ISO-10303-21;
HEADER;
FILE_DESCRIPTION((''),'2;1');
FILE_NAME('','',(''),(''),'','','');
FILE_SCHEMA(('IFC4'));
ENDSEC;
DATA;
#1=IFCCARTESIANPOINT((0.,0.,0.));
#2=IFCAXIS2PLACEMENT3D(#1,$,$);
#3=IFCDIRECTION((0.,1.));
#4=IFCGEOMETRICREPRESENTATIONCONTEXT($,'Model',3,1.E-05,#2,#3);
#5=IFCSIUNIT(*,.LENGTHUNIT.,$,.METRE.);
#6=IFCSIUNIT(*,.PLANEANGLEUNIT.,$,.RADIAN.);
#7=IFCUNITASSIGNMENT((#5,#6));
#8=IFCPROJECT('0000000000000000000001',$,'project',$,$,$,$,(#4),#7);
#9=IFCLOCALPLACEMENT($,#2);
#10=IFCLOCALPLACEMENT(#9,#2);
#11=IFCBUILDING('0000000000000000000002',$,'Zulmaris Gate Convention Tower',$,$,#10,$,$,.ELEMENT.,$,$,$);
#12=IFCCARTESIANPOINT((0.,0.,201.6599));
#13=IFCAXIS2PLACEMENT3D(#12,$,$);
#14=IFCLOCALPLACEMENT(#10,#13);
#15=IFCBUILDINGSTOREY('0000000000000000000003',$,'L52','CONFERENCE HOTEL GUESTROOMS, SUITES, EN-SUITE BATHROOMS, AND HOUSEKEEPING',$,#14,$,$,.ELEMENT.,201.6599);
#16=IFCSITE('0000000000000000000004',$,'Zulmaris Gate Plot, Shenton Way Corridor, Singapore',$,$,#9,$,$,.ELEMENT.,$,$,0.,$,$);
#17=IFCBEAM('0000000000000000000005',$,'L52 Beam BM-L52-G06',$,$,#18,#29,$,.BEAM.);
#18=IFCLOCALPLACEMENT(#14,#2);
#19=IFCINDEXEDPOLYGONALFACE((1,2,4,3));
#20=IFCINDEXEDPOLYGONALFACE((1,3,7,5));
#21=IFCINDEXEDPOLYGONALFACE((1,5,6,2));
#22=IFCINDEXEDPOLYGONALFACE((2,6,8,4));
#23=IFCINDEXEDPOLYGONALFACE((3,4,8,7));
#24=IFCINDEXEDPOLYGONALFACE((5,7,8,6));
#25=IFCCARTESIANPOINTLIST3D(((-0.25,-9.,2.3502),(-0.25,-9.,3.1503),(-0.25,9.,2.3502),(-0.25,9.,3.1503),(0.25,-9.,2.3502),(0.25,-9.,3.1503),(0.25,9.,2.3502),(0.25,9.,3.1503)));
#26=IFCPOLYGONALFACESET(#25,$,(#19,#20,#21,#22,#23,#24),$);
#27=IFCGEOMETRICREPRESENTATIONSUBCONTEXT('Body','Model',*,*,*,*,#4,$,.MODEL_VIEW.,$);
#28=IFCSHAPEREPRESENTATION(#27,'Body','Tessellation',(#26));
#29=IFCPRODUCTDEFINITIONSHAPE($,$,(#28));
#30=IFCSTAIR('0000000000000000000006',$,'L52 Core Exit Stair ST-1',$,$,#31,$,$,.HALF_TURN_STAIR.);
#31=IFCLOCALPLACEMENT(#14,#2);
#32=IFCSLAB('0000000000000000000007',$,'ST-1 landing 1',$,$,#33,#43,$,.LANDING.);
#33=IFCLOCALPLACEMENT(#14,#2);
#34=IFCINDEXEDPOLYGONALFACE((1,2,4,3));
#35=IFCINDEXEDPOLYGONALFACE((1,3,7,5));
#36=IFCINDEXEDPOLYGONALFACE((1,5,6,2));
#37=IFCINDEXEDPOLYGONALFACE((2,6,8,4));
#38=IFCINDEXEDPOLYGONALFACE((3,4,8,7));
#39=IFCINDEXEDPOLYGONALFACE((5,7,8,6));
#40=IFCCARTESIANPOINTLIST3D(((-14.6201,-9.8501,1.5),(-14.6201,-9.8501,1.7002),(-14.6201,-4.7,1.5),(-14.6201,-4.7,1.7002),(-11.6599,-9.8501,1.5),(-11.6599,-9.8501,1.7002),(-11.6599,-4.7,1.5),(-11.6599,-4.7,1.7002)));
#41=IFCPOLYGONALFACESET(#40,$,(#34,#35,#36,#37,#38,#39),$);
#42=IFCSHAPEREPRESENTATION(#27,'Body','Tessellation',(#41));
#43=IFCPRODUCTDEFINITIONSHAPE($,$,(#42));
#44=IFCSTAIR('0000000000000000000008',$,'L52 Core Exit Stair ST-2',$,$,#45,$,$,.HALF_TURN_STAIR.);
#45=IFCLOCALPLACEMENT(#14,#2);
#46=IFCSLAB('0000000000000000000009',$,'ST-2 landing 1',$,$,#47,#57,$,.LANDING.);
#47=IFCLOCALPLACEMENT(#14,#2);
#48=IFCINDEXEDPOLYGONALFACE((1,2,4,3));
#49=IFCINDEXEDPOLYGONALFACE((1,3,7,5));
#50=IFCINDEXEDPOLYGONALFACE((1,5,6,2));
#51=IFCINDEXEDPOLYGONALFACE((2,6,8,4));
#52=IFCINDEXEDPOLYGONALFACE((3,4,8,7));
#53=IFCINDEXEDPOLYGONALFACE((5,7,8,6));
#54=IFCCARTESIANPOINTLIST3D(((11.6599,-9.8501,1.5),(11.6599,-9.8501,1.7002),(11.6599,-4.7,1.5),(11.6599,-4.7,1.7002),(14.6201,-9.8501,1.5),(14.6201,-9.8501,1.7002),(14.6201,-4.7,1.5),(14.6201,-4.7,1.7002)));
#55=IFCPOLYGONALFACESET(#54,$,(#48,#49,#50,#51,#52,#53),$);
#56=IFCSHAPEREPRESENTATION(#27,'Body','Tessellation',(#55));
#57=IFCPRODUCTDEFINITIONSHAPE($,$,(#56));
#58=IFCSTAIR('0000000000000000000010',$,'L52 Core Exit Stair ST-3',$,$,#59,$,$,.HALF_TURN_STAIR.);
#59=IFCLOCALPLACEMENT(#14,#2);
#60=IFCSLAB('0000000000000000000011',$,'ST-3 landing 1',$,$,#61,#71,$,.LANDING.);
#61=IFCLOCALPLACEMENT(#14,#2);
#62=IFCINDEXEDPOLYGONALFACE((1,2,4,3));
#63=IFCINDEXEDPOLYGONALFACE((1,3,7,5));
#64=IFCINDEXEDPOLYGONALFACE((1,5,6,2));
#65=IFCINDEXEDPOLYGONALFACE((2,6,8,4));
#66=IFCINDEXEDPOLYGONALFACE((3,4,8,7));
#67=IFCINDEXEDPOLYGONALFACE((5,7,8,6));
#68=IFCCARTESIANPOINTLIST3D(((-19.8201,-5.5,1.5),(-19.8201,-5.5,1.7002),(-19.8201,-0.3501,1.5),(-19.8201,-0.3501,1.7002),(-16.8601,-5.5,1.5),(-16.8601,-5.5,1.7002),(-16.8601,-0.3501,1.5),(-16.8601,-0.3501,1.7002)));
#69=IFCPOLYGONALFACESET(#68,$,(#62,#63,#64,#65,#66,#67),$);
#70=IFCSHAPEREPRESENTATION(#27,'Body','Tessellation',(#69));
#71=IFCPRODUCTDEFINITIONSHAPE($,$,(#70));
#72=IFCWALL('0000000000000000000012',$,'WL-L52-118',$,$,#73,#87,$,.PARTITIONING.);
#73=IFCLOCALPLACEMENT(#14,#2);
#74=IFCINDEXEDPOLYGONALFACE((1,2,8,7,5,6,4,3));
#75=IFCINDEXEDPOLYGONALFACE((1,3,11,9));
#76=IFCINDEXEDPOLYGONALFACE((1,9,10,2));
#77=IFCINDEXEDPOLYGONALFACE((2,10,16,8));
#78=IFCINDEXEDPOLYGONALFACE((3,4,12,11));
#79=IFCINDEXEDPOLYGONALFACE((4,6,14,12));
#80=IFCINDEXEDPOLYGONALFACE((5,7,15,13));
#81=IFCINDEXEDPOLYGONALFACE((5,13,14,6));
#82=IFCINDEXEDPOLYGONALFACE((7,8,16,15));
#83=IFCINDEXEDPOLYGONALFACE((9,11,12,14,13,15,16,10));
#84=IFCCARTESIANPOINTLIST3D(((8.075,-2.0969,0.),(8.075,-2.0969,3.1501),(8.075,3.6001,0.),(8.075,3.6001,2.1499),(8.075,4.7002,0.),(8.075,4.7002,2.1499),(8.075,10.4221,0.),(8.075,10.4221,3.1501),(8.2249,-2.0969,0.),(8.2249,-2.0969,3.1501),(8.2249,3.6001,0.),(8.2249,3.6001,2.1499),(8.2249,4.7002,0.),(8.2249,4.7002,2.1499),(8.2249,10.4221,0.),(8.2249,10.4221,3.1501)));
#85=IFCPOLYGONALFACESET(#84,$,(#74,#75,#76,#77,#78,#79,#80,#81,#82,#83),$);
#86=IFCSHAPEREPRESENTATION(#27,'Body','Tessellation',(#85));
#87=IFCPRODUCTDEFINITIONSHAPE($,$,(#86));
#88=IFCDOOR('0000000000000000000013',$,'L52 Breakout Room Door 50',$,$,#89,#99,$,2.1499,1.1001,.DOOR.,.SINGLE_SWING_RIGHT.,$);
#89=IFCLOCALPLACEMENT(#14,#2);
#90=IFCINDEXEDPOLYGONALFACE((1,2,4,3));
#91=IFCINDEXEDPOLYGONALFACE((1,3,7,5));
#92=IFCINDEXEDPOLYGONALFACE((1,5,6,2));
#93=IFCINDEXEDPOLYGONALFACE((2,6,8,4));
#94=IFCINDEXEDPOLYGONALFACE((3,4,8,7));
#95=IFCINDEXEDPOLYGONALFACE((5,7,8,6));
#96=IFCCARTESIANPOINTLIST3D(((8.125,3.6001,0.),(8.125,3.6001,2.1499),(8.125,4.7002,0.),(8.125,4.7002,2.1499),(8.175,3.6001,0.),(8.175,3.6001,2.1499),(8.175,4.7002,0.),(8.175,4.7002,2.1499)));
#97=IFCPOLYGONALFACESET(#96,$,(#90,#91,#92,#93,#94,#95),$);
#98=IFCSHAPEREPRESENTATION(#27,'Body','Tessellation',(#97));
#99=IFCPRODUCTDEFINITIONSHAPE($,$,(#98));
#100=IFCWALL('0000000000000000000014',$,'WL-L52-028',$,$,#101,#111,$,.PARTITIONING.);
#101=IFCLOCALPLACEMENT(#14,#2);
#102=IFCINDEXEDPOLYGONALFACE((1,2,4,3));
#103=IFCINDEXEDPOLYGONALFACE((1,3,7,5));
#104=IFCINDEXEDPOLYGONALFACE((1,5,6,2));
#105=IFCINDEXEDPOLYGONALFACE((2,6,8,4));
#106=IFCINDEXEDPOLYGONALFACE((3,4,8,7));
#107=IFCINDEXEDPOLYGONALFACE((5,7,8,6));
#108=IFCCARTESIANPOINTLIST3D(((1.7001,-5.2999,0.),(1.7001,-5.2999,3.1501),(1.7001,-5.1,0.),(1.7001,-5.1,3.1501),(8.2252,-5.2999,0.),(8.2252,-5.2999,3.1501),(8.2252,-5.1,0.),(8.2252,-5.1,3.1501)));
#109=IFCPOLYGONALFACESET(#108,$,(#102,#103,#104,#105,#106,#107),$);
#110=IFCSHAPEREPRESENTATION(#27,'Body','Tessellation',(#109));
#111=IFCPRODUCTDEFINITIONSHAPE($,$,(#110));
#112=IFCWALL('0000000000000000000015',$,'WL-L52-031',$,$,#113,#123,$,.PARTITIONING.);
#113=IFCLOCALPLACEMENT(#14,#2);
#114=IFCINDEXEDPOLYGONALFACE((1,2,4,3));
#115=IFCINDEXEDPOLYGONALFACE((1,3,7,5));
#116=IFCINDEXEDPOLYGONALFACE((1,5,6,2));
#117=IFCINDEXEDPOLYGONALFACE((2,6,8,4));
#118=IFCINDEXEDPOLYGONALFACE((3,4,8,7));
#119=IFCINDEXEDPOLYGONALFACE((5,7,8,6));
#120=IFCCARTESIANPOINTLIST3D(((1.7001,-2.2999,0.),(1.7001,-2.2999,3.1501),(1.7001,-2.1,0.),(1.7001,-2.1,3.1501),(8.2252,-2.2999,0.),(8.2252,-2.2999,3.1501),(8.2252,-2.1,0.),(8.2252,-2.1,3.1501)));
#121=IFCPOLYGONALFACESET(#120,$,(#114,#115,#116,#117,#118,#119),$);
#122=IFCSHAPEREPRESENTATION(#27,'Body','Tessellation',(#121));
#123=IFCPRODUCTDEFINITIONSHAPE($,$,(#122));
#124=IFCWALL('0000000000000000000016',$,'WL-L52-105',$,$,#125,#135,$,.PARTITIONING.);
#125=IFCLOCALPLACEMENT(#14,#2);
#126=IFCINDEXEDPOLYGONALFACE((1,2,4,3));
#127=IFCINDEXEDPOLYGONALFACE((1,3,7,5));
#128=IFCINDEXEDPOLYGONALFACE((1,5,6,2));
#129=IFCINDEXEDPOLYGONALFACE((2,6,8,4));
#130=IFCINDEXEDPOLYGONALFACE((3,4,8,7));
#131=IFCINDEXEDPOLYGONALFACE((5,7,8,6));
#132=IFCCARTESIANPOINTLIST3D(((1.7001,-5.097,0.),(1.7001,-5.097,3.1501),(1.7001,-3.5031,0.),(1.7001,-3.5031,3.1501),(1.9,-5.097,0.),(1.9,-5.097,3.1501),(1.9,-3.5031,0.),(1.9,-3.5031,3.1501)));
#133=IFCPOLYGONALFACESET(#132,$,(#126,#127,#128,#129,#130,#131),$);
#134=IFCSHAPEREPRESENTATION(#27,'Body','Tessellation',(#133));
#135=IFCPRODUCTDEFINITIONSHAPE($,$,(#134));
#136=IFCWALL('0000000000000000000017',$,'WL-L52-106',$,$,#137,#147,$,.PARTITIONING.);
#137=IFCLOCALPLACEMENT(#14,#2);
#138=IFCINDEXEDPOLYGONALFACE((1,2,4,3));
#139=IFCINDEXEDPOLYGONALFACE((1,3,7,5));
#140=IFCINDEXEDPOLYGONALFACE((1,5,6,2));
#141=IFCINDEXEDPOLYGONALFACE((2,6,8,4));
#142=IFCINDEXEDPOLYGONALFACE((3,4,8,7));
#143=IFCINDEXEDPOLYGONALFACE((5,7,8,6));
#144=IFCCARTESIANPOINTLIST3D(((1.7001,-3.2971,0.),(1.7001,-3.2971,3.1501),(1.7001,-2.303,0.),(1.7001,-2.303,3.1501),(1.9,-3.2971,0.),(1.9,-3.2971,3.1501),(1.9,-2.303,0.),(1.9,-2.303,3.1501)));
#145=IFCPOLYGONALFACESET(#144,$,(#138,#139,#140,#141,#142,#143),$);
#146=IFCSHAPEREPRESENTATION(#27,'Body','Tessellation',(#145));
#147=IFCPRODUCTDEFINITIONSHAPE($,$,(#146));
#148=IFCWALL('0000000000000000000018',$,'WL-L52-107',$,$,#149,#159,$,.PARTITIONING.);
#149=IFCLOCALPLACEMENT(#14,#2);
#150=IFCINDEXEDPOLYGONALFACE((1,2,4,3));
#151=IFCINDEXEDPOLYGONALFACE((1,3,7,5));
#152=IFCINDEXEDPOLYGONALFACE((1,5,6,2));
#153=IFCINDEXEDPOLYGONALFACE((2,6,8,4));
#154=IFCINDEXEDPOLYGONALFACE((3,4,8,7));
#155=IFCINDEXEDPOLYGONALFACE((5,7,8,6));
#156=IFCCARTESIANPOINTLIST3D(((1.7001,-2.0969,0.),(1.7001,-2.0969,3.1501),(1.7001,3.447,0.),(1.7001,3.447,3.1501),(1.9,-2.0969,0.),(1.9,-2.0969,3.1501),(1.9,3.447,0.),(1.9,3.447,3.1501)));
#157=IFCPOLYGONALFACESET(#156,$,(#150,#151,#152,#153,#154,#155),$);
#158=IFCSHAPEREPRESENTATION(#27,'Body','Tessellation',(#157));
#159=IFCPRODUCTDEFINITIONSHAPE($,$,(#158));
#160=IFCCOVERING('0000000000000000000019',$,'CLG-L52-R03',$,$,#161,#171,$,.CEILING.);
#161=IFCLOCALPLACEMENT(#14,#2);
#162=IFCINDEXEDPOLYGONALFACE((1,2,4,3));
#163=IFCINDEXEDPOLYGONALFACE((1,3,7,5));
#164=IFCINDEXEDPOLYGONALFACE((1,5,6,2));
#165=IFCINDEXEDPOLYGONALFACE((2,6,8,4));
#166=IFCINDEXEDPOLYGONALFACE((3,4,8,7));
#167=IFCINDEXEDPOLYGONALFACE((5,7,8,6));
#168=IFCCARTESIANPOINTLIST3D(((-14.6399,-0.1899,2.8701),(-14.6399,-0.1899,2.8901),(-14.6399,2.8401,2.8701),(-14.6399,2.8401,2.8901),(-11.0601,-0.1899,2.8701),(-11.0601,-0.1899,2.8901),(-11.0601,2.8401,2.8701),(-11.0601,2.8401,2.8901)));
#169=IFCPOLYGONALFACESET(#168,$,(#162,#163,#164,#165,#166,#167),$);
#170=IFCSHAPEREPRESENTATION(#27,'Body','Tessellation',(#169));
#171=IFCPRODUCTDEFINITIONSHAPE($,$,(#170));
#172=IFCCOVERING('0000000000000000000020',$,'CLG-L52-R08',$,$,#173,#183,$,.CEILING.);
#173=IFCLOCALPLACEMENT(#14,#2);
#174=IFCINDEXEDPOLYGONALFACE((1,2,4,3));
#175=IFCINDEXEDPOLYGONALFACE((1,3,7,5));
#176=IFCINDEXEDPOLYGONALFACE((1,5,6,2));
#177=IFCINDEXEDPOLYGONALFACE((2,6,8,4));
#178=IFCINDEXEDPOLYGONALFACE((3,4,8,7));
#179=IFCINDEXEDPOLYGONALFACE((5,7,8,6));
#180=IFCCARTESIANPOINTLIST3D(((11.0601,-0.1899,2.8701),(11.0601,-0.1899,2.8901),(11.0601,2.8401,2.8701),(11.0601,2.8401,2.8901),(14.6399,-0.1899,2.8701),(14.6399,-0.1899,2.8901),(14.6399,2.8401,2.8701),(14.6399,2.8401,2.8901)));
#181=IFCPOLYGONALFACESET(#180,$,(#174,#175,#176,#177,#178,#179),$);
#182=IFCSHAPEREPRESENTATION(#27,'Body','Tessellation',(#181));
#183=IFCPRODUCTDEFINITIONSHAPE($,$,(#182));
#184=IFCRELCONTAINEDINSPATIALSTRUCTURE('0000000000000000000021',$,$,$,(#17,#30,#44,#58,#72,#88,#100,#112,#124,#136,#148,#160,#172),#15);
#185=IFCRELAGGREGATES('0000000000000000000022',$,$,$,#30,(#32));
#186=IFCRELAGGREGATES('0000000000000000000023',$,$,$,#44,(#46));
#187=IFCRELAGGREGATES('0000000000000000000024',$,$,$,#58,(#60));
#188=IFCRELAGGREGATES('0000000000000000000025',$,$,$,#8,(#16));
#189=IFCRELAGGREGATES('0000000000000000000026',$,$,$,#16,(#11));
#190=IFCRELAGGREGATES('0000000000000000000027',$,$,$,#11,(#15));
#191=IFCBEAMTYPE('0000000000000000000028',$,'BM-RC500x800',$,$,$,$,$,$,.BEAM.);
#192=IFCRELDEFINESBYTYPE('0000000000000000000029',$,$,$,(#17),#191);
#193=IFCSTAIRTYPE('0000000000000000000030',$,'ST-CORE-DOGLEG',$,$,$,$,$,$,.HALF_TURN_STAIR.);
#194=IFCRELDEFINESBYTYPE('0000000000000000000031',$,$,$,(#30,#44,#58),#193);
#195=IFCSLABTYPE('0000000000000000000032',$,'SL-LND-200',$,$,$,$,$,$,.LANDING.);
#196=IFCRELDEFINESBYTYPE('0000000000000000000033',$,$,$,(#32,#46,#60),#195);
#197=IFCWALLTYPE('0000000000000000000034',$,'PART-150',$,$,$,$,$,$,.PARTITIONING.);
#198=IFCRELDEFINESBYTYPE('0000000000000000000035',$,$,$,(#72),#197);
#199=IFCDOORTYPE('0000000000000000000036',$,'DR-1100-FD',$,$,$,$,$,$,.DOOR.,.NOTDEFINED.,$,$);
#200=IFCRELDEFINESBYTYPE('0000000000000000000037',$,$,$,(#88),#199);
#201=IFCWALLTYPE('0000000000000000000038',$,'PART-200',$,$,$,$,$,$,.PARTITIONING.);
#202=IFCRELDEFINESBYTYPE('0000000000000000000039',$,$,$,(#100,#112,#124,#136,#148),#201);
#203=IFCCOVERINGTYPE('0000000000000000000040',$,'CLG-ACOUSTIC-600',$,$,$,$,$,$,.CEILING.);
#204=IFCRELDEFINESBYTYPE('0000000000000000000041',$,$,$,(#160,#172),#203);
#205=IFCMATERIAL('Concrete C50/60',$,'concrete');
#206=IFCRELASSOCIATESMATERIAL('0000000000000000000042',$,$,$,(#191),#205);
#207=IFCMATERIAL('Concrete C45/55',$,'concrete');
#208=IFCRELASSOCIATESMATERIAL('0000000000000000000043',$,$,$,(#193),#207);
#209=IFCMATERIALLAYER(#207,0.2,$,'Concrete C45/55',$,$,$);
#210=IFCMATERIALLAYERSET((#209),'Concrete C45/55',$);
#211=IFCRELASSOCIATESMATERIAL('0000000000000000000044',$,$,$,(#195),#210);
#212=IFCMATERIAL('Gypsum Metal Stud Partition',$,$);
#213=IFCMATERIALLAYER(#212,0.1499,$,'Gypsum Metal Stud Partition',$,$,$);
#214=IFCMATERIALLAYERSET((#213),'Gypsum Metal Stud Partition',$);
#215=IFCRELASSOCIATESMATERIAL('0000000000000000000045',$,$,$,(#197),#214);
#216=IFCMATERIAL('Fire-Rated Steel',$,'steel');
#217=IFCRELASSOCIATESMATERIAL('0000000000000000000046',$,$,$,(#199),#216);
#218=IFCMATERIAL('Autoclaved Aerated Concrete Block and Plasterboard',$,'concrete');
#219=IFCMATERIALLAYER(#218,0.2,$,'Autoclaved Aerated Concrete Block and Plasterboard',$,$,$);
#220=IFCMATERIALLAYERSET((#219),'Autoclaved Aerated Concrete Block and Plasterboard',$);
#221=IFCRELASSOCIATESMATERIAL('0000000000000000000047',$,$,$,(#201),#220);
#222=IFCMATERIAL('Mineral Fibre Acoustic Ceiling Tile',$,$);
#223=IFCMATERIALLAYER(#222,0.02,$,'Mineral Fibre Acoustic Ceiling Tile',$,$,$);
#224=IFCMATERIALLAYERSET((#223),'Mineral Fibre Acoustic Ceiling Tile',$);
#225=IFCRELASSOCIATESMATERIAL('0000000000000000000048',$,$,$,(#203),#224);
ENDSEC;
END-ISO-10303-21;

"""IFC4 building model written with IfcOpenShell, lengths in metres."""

from ifc_helpers import new_model, si_unit, direction, frame, frame_2d, origin, origin_2d, place, context, subcontext, project, spatial, polyline, rectangle, outline, extrude, material, layer, layer_set, material_profile, profile_set, type_object, element, fill, aggregate, save


model = new_model("IFC4")

# Units and contexts
model_context = context("Model", 3, precision=1e-05, world=origin(), true_north=direction((0.0, 1.0)))
body_context = subcontext(model_context, "Body", "Model", "MODEL_VIEW")
ifc_project = project(units=[si_unit("LENGTHUNIT", "METRE"), si_unit("PLANEANGLEUNIT", "RADIAN")], contexts=[model_context])

# Site, building, storey
site_placement = place(None, origin())
site = spatial("IfcSite", under=ifc_project, at=site_placement, Name="Zulmaris Gate Plot, Shenton Way Corridor, Singapore", CompositionType="ELEMENT", RefElevation=0.0)
building_placement = place(site_placement, origin())
building = spatial("IfcBuilding", under=site, at=building_placement, Name="Zulmaris Gate Convention Tower", CompositionType="ELEMENT")
storey_placement = place(building_placement, frame((0.0, 0.0, 201.6599)))
storey = spatial("IfcBuildingStorey", under=building, at=storey_placement, Name="L52", Description="CONFERENCE HOTEL GUESTROOMS, SUITES, EN-SUITE BATHROOMS, AND HOUSEKEEPING", CompositionType="ELEMENT", Elevation=201.6599)

# Beam
ifc_material_1 = material(Name="Concrete C50/60", Category="concrete")
ifc_material_profile = material_profile(ifc_material_1, rectangle(XDim=0.5, YDim=0.8, at=origin_2d()), Name="RC BEAM 500x800")
ifc_profile_set = profile_set([ifc_material_profile], Name="Concrete C50/60")
beam_type = type_object("IfcBeamType", Name="BM-RC500x800", PredefinedType="BEAM", material=ifc_profile_set)
beam_placement = place(storey_placement, frame((0.0, -9.0, 2.7502), z_axis=(0.0, 1.0, 0.0), x_axis=(-1.0, 0.0, 0.0)))
element("IfcBeam", 1, at=beam_placement, inside=storey, type_object=beam_type, Name="L52 Beam BM-L52-G06", PredefinedType="BEAM", context=body_context, shape_type="SweptSolid", body=[
    extrude(rectangle(XDim=0.5, YDim=0.8, at=origin_2d()), origin(), (0.0, 0.0, 1.0), 18.0),
])

# Stairs, slabs
ifc_material_2 = material(Name="Concrete C45/55", Category="concrete")
stair_type = type_object("IfcStairType", Name="ST-CORE-DOGLEG", PredefinedType="HALF_TURN_STAIR", material=ifc_material_2)
stair_1_placement = place(storey_placement, origin())
stair_1 = element("IfcStair", 2, at=stair_1_placement, inside=storey, type_object=stair_type, Name="L52 Core Exit Stair ST-1", PredefinedType="HALF_TURN_STAIR")
ifc_layer_1 = layer(ifc_material_2, 0.2, Name="Concrete C45/55")
ifc_layer_set_1 = layer_set([ifc_layer_1], Name="Concrete C45/55")
slab_type = type_object("IfcSlabType", Name="SL-LND-200", PredefinedType="LANDING", material=ifc_layer_set_1)
slab_1_placement = place(storey_placement, frame((0.0, 0.0, 1.5)))
slab_1 = element("IfcSlab", 3, at=slab_1_placement, type_object=slab_type, Name="ST-1 landing 1", PredefinedType="LANDING", context=body_context, shape_type="SweptSolid", body=[
    extrude(outline(polyline([(-14.6201, -4.7), (-14.6201, -9.8501), (-11.6599, -9.8501), (-11.6599, -4.7), (-14.6201, -4.7)])), origin(), (0.0, 0.0, 1.0), 0.2002),
])
aggregate(stair_1, [slab_1])
stair_2_placement = place(storey_placement, origin())
stair_2 = element("IfcStair", 4, at=stair_2_placement, inside=storey, type_object=stair_type, Name="L52 Core Exit Stair ST-2", PredefinedType="HALF_TURN_STAIR")
slab_2_placement = place(storey_placement, frame((0.0, 0.0, 1.5)))
slab_2 = element("IfcSlab", 5, at=slab_2_placement, type_object=slab_type, Name="ST-2 landing 1", PredefinedType="LANDING", context=body_context, shape_type="SweptSolid", body=[
    extrude(outline(polyline([(11.6599, -4.7), (11.6599, -9.8501), (14.6201, -9.8501), (14.6201, -4.7), (11.6599, -4.7)])), origin(), (0.0, 0.0, 1.0), 0.2002),
])
aggregate(stair_2, [slab_2])
stair_3_placement = place(storey_placement, origin())
stair_3 = element("IfcStair", 6, at=stair_3_placement, inside=storey, type_object=stair_type, Name="L52 Core Exit Stair ST-3", PredefinedType="HALF_TURN_STAIR")
slab_3_placement = place(storey_placement, frame((0.0, 0.0, 1.5)))
slab_3 = element("IfcSlab", 7, at=slab_3_placement, type_object=slab_type, Name="ST-3 landing 1", PredefinedType="LANDING", context=body_context, shape_type="SweptSolid", body=[
    extrude(outline(polyline([(-16.8601, -5.5), (-16.8601, -0.3501), (-19.8201, -0.3501), (-19.8201, -5.5), (-16.8601, -5.5)])), origin(), (0.0, 0.0, 1.0), 0.2002),
])
aggregate(stair_3, [slab_3])

# Wall, opening, door
ifc_material_3 = material(Name="Gypsum Metal Stud Partition")
ifc_layer_2 = layer(ifc_material_3, 0.1499, Name="Gypsum Metal Stud Partition")
ifc_layer_set_2 = layer_set([ifc_layer_2], Name="Gypsum Metal Stud Partition")
wall_type_1 = type_object("IfcWallType", Name="PART-150", PredefinedType="PARTITIONING", material=ifc_layer_set_2)
wall_1_placement = place(storey_placement, frame((8.1499, -2.0969, 0.0), z_axis=(0.0, 0.0, 1.0), x_axis=(0.0, 1.0, 0.0)))
wall_1 = element("IfcWall", 8, at=wall_1_placement, inside=storey, type_object=wall_type_1, Name="WL-L52-118", PredefinedType="PARTITIONING", context=body_context, shape_type="SweptSolid", body=[
    extrude(rectangle(XDim=12.519, YDim=0.1499, at=frame_2d((6.2595, 0.0))), origin(), (0.0, 0.0, 1.0), 3.1501),
])
opening_1_placement = place(wall_1_placement, frame((5.697, 0.0, 0.0)))
opening_1 = element("IfcOpeningElement", 9, at=opening_1_placement, cuts=wall_1, PredefinedType="OPENING", context=body_context, shape_type="SweptSolid", body=[
    extrude(rectangle(XDim=1.1001, YDim=2.1499, at=frame_2d((0.55, 1.075))), frame((0.0, 0.085, 0.0), z_axis=(0.0, -1.0, 0.0), x_axis=(1.0, 0.0, 0.0)), (0.0, 0.0, 1.0), 0.1699),
])
ifc_material_4 = material(Name="Fire-Rated Steel", Category="steel")
door_type_1 = type_object("IfcDoorType", Name="DR-1100-FD", OperationType="NOTDEFINED", PredefinedType="DOOR", material=ifc_material_4)
door_1_placement = place(opening_1_placement, origin())
door_1 = element("IfcDoor", 10, at=door_1_placement, inside=storey, type_object=door_type_1, Name="L52 Breakout Room Door 50", OperationType="SINGLE_SWING_RIGHT", OverallHeight=2.1499, OverallWidth=1.1001, PredefinedType="DOOR", context=body_context, shape_type="SweptSolid", body=[
    extrude(rectangle(XDim=1.1001, YDim=2.1499, at=frame_2d((0.55, 1.075))), frame((0.0, 0.0249, 0.0), z_axis=(0.0, -1.0, 0.0), x_axis=(1.0, 0.0, 0.0)), (0.0, 0.0, 1.0), 0.05),
])
fill(opening_1, door_1)

# Walls
ifc_material_5 = material(Name="Autoclaved Aerated Concrete Block and Plasterboard", Category="concrete")
ifc_layer_3 = layer(ifc_material_5, 0.2, Name="Autoclaved Aerated Concrete Block and Plasterboard")
ifc_layer_set_3 = layer_set([ifc_layer_3], Name="Autoclaved Aerated Concrete Block and Plasterboard")
wall_type_2 = type_object("IfcWallType", Name="PART-200", PredefinedType="PARTITIONING", material=ifc_layer_set_3)
for number, where, z_axis, x_axis, name in (
    (11, (1.7, -5.2, 0.0), (0.0, 0.0, 1.0), (1.0, 0.0, 0.0), "WL-L52-028"),
    (12, (1.7, -2.2, 0.0), (0.0, 0.0, 1.0), (1.0, 0.0, 0.0), "WL-L52-031"),
):
    element("IfcWall", number, at=place(storey_placement, frame(where, z_axis=z_axis, x_axis=x_axis)), inside=storey, type_object=wall_type_2, Name=name, PredefinedType="PARTITIONING", context=body_context, shape_type="SweptSolid", body=[
        extrude(rectangle(XDim=6.5251, YDim=0.2, at=frame_2d((3.2627, 0.0))), origin(), (0.0, 0.0, 1.0), 3.1501),
    ])
wall_2_placement = place(storey_placement, frame((1.8, -5.0969, 0.0), z_axis=(0.0, 0.0, 1.0), x_axis=(0.0, 1.0, 0.0)))
element("IfcWall", 13, at=wall_2_placement, inside=storey, type_object=wall_type_2, Name="WL-L52-105", PredefinedType="PARTITIONING", context=body_context, shape_type="SweptSolid", body=[
    extrude(rectangle(XDim=1.594, YDim=0.2, at=frame_2d((0.7969, 0.0))), origin(), (0.0, 0.0, 1.0), 3.1501),
])
wall_3_placement = place(storey_placement, frame((1.8, -3.2971, 0.0), z_axis=(0.0, 0.0, 1.0), x_axis=(0.0, 1.0, 0.0)))
element("IfcWall", 14, at=wall_3_placement, inside=storey, type_object=wall_type_2, Name="WL-L52-106", PredefinedType="PARTITIONING", context=body_context, shape_type="SweptSolid", body=[
    extrude(rectangle(XDim=0.9941, YDim=0.2, at=frame_2d((0.4971, 0.0))), origin(), (0.0, 0.0, 1.0), 3.1501),
])
wall_4_placement = place(storey_placement, frame((1.8, -2.0969, 0.0), z_axis=(0.0, 0.0, 1.0), x_axis=(0.0, 1.0, 0.0)))
element("IfcWall", 15, at=wall_4_placement, inside=storey, type_object=wall_type_2, Name="WL-L52-107", PredefinedType="PARTITIONING", context=body_context, shape_type="SweptSolid", body=[
    extrude(rectangle(XDim=5.5439, YDim=0.2, at=frame_2d((2.772, 0.0))), origin(), (0.0, 0.0, 1.0), 3.1501),
])

# Coverings
ifc_material_6 = material(Name="Mineral Fibre Acoustic Ceiling Tile")
ifc_layer_4 = layer(ifc_material_6, 0.02, Name="Mineral Fibre Acoustic Ceiling Tile")
ifc_layer_set_4 = layer_set([ifc_layer_4], Name="Mineral Fibre Acoustic Ceiling Tile")
covering_type_1 = type_object("IfcCoveringType", Name="CLG-ACOUSTIC-600", PredefinedType="CEILING", material=ifc_layer_set_4)
covering_1_placement = place(storey_placement, frame((0.0, 0.0, 2.8701)))
element("IfcCovering", 16, at=covering_1_placement, inside=storey, type_object=covering_type_1, Name="CLG-L52-R03", PredefinedType="CEILING", context=body_context, shape_type="SweptSolid", body=[
    extrude(outline(polyline([(-14.6399, -0.1899), (-11.0601, -0.1899), (-11.0601, 2.8401), (-14.6399, 2.8401), (-14.6399, -0.1899)])), origin(), (0.0, 0.0, 1.0), 0.02),
])
covering_2_placement = place(storey_placement, frame((0.0, 0.0, 2.8701)))
element("IfcCovering", 17, at=covering_2_placement, inside=storey, type_object=covering_type_1, Name="CLG-L52-R08", PredefinedType="CEILING", context=body_context, shape_type="SweptSolid", body=[
    extrude(outline(polyline([(11.0601, -0.1899), (14.6399, -0.1899), (14.6399, 2.8401), (11.0601, 2.8401), (11.0601, -0.1899)])), origin(), (0.0, 0.0, 1.0), 0.02),
])

save(model, "model.ifc")
